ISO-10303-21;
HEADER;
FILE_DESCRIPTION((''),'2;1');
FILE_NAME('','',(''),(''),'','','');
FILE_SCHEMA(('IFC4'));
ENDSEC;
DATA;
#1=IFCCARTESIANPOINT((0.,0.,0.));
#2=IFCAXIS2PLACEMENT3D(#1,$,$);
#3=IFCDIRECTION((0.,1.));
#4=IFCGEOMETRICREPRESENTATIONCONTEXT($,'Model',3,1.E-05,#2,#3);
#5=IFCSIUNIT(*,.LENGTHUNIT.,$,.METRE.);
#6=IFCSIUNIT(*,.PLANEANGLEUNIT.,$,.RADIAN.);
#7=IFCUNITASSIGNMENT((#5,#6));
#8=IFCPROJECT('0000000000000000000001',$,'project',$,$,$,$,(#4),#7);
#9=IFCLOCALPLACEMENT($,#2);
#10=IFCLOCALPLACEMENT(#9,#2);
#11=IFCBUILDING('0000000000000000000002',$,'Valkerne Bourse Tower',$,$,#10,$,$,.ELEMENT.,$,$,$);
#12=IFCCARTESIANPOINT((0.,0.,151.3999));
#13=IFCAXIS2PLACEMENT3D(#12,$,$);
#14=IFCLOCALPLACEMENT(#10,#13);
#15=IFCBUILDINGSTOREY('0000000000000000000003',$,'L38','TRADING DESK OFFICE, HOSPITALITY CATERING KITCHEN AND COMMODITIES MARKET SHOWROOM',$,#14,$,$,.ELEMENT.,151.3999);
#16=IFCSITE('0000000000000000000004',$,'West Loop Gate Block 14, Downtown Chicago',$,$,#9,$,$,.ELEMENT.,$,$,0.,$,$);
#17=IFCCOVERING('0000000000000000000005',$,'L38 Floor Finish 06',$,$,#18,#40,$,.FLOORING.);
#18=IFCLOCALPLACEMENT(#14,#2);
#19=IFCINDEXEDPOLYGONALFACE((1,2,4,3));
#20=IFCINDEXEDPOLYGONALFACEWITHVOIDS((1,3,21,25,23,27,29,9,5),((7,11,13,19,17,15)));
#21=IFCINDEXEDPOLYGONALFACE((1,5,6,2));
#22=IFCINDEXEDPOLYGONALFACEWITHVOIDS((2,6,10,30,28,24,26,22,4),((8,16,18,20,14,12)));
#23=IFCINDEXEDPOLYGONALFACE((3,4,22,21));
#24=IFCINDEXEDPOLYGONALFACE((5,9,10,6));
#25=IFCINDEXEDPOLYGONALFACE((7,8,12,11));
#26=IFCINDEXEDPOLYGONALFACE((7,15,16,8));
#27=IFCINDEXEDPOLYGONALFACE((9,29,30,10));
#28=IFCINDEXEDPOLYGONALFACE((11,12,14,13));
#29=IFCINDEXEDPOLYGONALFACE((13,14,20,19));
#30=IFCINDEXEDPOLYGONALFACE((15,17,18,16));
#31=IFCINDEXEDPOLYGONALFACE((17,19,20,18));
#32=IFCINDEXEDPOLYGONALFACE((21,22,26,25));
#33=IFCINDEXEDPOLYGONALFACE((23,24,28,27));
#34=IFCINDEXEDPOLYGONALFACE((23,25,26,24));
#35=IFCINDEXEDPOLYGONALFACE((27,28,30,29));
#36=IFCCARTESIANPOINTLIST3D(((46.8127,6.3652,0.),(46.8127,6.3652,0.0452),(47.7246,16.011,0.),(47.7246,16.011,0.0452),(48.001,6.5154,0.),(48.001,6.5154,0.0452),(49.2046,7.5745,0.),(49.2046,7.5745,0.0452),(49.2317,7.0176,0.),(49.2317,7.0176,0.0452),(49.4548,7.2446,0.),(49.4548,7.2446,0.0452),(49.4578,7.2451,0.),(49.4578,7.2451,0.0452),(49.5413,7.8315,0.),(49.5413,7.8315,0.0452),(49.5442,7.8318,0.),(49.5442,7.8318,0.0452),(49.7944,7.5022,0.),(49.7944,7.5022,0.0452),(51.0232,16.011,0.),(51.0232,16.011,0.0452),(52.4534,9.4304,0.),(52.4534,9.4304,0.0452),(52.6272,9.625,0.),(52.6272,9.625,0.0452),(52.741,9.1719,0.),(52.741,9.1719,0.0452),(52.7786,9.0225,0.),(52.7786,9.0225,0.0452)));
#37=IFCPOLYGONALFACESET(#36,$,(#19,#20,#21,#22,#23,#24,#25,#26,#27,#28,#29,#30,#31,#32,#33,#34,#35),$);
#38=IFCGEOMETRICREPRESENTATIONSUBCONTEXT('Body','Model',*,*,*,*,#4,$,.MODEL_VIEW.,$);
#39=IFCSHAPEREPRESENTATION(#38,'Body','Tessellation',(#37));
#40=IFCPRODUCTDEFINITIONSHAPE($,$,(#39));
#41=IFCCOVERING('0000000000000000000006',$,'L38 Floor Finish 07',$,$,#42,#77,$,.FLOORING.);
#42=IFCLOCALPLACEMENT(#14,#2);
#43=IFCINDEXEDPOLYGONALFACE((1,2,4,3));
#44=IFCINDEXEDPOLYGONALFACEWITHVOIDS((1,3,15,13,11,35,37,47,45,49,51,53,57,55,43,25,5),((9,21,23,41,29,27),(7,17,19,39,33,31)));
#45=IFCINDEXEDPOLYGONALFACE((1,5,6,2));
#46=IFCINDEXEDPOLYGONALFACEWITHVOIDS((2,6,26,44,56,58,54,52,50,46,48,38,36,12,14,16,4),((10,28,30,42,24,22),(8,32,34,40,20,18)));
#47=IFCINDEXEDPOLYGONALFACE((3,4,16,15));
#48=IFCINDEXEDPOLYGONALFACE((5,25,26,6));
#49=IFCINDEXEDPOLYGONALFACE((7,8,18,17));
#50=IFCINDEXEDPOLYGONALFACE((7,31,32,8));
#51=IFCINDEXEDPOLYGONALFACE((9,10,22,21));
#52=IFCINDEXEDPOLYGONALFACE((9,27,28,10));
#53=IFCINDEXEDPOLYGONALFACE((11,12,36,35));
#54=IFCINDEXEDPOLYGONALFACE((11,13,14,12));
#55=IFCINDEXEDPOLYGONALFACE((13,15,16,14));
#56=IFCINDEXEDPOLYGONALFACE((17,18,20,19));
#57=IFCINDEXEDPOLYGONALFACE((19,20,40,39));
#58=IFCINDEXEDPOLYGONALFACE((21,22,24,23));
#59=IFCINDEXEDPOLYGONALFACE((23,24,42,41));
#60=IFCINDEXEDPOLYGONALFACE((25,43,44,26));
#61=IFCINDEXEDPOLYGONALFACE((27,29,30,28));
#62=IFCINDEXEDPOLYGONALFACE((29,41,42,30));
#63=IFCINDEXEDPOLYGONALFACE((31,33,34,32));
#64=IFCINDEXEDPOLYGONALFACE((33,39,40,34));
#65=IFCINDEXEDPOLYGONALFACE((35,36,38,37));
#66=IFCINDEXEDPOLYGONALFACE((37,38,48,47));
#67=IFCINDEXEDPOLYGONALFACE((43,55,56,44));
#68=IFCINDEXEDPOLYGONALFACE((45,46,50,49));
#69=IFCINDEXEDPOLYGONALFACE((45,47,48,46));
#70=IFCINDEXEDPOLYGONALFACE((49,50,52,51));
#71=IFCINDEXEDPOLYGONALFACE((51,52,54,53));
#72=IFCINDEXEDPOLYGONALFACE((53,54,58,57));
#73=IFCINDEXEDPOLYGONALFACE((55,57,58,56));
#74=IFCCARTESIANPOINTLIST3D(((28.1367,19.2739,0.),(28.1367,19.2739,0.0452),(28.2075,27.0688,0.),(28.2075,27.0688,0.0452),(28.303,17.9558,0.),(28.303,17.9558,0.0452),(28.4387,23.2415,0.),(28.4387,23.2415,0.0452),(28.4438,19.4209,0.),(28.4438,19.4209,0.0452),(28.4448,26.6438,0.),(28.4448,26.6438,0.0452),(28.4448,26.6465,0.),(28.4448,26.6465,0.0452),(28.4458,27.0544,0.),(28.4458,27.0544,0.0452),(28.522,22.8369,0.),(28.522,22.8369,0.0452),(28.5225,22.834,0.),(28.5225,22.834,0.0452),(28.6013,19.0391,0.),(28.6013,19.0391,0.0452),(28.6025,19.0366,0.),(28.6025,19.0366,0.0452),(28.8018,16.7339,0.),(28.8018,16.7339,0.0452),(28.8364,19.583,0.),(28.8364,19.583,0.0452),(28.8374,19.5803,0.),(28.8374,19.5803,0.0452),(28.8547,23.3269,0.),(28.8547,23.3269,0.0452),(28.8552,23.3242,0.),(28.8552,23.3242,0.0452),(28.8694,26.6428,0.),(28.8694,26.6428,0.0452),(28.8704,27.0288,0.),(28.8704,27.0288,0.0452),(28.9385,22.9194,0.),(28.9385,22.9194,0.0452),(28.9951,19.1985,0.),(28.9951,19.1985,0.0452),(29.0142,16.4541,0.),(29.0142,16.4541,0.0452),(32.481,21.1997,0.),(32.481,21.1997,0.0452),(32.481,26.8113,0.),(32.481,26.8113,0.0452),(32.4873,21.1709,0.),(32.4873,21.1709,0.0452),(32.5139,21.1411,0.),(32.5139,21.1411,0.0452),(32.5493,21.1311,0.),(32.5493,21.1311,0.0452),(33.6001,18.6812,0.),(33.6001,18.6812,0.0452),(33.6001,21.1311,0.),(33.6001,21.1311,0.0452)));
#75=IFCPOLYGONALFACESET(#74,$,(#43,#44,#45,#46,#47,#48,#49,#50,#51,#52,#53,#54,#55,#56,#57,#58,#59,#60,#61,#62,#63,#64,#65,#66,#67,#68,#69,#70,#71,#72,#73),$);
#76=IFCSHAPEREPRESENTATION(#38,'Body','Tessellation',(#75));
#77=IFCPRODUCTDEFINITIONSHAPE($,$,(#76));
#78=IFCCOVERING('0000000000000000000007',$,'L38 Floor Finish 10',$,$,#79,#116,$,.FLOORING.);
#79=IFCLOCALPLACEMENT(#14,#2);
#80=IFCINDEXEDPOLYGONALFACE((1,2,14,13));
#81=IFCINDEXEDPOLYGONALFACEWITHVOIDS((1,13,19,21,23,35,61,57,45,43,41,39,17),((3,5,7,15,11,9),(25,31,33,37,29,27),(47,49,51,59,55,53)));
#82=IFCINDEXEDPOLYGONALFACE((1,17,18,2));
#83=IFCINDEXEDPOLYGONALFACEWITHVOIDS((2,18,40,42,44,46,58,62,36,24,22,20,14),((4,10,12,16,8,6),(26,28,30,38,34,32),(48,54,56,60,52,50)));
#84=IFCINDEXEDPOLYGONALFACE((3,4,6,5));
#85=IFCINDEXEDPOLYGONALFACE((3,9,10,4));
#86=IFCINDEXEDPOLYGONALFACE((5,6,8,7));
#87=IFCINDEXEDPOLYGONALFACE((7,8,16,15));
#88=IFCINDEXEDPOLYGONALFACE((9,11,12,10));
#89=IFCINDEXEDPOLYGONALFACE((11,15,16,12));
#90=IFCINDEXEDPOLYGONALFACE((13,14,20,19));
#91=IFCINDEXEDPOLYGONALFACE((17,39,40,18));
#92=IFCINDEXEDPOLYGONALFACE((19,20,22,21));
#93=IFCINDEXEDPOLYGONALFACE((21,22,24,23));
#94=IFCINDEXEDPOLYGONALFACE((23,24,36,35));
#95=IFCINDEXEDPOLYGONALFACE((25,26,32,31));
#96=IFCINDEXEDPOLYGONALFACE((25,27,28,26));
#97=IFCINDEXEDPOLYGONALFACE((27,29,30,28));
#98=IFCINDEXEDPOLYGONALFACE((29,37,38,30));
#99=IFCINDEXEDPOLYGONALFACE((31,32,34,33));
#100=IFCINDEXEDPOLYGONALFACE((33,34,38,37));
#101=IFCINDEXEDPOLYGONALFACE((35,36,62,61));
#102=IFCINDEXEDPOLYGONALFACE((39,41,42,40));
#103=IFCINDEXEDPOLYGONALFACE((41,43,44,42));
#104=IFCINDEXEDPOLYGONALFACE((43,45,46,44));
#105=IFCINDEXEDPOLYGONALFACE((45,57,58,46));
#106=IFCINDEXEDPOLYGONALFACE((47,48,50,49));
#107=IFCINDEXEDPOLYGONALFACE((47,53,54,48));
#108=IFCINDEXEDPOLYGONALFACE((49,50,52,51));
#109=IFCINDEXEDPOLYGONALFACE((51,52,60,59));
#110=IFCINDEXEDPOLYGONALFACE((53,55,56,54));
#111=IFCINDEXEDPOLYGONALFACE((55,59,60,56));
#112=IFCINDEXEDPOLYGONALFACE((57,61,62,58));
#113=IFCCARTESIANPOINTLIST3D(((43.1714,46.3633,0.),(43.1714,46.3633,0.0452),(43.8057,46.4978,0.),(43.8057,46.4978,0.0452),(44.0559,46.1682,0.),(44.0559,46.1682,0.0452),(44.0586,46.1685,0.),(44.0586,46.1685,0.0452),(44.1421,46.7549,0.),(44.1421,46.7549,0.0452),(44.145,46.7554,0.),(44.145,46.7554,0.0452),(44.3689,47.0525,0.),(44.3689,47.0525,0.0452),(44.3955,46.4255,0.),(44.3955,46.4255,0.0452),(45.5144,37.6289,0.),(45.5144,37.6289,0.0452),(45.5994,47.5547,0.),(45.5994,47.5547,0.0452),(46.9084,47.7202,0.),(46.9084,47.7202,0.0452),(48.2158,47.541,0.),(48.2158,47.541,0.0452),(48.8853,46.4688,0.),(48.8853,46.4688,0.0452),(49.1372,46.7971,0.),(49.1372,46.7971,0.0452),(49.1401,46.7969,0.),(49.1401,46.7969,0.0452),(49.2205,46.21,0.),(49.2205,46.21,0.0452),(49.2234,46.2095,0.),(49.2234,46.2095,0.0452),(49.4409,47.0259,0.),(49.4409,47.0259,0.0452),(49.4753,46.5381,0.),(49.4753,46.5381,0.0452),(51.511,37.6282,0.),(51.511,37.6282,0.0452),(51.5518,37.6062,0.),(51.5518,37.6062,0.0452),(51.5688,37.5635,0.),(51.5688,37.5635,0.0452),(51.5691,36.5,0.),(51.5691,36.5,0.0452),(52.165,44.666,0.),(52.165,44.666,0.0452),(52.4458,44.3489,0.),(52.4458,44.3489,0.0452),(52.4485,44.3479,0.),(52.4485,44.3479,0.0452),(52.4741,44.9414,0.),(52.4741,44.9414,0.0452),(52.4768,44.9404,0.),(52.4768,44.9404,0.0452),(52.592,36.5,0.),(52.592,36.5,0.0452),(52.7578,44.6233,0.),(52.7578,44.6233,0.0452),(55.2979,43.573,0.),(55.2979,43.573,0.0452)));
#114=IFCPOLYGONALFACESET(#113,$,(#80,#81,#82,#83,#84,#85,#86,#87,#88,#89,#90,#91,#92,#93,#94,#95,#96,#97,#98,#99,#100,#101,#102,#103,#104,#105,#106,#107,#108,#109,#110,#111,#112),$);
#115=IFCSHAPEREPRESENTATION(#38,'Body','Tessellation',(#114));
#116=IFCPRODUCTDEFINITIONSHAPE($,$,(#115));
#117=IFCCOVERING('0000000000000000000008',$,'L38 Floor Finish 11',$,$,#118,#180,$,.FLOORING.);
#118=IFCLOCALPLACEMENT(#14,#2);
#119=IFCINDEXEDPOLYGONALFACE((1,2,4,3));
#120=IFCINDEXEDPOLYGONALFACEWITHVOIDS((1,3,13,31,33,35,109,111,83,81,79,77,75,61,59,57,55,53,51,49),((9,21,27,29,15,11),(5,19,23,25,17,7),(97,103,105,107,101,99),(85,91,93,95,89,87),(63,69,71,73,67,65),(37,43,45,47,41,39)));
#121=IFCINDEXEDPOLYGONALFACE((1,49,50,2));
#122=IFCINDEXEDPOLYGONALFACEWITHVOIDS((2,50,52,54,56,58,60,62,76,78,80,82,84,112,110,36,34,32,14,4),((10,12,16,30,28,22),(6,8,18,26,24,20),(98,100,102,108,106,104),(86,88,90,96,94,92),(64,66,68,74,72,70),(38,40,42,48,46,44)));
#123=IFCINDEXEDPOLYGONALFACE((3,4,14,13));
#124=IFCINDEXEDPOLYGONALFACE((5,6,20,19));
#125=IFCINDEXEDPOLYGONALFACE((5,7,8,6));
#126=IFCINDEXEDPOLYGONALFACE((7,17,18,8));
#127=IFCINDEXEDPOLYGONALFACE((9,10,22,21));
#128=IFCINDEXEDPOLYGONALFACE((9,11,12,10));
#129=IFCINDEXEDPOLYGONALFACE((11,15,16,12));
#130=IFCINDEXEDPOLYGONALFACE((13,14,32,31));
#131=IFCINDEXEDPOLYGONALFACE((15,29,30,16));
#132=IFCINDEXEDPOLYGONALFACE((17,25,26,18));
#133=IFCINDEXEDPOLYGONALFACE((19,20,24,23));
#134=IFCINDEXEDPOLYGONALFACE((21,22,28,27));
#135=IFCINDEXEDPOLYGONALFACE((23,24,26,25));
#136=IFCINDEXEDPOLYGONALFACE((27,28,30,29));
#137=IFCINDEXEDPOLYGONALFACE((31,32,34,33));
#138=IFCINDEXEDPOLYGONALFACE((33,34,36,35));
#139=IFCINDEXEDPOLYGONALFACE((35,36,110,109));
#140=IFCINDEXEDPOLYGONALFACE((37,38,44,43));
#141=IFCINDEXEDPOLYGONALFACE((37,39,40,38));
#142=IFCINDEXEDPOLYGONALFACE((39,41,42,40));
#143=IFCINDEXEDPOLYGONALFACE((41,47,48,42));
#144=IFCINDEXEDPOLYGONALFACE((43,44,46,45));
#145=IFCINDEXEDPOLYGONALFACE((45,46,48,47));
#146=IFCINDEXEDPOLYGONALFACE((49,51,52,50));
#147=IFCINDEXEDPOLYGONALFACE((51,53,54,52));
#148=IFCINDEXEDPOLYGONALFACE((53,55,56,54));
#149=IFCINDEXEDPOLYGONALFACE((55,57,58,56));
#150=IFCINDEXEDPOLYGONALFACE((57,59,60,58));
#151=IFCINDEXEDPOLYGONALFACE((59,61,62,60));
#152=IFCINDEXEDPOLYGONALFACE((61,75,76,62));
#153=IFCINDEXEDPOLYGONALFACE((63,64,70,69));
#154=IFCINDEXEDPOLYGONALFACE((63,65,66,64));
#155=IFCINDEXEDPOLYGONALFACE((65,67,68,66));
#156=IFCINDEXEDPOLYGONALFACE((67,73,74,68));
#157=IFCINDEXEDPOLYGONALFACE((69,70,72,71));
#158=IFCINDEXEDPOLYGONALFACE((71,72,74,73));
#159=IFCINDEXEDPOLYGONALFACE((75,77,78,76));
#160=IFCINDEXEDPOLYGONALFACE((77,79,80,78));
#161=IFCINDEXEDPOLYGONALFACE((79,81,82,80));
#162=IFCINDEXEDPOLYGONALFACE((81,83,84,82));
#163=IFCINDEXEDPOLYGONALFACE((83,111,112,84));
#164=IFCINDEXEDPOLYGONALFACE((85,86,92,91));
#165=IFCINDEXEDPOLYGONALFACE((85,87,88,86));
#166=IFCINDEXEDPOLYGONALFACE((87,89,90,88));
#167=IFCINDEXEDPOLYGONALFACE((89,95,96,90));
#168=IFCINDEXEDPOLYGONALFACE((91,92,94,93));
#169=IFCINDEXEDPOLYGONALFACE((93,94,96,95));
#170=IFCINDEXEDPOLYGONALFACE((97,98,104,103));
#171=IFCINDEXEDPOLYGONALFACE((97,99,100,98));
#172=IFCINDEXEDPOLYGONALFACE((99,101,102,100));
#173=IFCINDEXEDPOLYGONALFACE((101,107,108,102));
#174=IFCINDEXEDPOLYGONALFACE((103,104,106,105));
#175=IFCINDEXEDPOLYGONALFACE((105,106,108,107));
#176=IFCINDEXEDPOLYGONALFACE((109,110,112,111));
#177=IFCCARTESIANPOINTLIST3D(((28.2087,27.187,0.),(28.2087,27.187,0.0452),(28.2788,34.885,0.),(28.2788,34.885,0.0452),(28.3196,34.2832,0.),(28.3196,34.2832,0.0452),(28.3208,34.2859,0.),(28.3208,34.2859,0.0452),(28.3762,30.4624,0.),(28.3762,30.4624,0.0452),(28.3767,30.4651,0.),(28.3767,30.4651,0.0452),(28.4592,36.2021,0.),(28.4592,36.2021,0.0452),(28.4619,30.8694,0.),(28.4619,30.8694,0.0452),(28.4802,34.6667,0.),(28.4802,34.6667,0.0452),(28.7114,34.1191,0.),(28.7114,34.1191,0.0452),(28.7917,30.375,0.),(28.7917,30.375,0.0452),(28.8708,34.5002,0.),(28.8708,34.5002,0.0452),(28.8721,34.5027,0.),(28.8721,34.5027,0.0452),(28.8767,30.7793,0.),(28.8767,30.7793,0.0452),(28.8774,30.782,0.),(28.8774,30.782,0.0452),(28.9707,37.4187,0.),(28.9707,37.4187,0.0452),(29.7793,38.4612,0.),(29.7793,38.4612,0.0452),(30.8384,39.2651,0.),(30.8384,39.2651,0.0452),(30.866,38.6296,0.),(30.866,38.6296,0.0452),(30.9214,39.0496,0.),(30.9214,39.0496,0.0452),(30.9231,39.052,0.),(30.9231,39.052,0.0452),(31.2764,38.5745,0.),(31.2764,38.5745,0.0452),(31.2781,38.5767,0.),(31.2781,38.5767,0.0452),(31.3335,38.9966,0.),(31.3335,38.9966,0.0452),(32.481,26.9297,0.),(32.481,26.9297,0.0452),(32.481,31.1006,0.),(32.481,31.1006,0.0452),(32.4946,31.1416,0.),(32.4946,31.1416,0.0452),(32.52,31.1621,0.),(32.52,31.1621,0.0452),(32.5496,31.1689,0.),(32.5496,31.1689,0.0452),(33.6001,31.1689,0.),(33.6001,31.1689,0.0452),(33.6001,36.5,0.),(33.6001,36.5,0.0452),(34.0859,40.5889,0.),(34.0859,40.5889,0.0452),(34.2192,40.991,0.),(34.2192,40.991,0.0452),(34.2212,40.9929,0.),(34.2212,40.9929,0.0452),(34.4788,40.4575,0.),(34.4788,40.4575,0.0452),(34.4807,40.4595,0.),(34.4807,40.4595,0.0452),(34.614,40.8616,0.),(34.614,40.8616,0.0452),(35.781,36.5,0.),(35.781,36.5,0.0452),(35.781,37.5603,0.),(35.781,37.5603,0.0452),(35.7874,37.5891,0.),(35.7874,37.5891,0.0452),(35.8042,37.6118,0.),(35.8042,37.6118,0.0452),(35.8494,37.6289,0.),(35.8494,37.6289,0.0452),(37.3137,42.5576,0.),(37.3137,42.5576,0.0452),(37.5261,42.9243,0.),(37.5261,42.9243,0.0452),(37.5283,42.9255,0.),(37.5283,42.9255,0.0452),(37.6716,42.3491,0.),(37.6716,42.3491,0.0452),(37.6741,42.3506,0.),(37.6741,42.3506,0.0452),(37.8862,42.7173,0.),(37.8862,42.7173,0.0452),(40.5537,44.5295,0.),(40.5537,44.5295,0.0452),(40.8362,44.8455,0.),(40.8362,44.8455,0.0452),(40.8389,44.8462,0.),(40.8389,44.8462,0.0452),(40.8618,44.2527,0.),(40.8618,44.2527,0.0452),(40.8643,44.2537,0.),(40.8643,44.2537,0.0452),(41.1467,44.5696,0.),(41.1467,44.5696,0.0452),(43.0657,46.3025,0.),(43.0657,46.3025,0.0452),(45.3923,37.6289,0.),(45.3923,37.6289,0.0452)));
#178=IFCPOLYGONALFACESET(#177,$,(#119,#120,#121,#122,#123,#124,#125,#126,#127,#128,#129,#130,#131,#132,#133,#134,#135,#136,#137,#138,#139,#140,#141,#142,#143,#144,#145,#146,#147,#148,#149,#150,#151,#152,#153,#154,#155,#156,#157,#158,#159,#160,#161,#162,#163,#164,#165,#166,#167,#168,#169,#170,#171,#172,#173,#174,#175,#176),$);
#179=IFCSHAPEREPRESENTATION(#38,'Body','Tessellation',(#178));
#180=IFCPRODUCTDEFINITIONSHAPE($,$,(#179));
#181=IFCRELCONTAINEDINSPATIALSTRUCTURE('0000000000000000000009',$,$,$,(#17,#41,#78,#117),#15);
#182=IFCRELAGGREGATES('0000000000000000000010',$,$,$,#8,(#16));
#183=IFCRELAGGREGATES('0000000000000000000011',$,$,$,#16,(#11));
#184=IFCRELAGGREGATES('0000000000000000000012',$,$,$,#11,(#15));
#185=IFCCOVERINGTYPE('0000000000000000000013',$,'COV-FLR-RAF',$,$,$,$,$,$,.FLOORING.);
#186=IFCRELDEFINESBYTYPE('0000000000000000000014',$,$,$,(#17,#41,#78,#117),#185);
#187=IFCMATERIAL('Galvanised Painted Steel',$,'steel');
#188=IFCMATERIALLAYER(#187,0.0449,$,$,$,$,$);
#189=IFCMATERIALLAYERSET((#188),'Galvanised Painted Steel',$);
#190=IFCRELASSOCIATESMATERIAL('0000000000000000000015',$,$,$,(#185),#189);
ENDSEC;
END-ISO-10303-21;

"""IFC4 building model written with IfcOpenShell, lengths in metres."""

from ifc_helpers import new_model, si_unit, direction, frame, origin, place, context, subcontext, project, spatial, polyline, outline, extrude, material, layer, layer_set, type_object, element, save


model = new_model("IFC4")

# Units and contexts
model_context = context("Model", 3, precision=1e-05, world=origin(), true_north=direction((0.0, 1.0)))
body_context = subcontext(model_context, "Body", "Model", "MODEL_VIEW")
ifc_project = project(units=[si_unit("LENGTHUNIT", "METRE"), si_unit("PLANEANGLEUNIT", "RADIAN")], contexts=[model_context])

# Site, building, storey
site_placement = place(None, origin())
site = spatial("IfcSite", under=ifc_project, at=site_placement, Name="West Loop Gate Block 14, Downtown Chicago", CompositionType="ELEMENT", RefElevation=0.0)
building_placement = place(site_placement, origin())
building = spatial("IfcBuilding", under=site, at=building_placement, Name="Valkerne Bourse Tower", CompositionType="ELEMENT")
storey_placement = place(building_placement, frame((0.0, 0.0, 151.3999)))
storey = spatial("IfcBuildingStorey", under=building, at=storey_placement, Name="L38", Description="TRADING DESK OFFICE, HOSPITALITY CATERING KITCHEN AND COMMODITIES MARKET SHOWROOM", CompositionType="ELEMENT", Elevation=151.3999)

# Coverings
ifc_material_1 = material(Name="Galvanised Painted Steel", Category="steel")
ifc_layer_1 = layer(ifc_material_1, 0.0449)
ifc_layer_set_1 = layer_set([ifc_layer_1], Name="Galvanised Painted Steel")
covering_type_1 = type_object("IfcCoveringType", Name="COV-FLR-RAF", PredefinedType="FLOORING", material=ifc_layer_set_1)
covering_1_placement = place(storey_placement, origin())
element("IfcCovering", 1, at=covering_1_placement, inside=storey, type_object=covering_type_1, Name="L38 Floor Finish 06", PredefinedType="FLOORING", context=body_context, shape_type="SweptSolid", body=[
    extrude(outline(polyline([(46.8127, 6.3652), (47.7246, 16.011), (51.0232, 16.011), (52.6272, 9.625), (52.4534, 9.4304), (52.741, 9.1719), (52.7786, 9.0225), (49.2317, 7.0176), (48.001, 6.5154), (46.8127, 6.3652)]), holes=[polyline([(49.7944, 7.5022), (49.5442, 7.8318), (49.5413, 7.8315), (49.2046, 7.5745), (49.4548, 7.2446), (49.4578, 7.2451), (49.7944, 7.5022)])]), origin(), (0.0, 0.0, 1.0), 0.0452),
])
covering_2_placement = place(storey_placement, origin())
element("IfcCovering", 2, at=covering_2_placement, inside=storey, type_object=covering_type_1, Name="L38 Floor Finish 07", PredefinedType="FLOORING", context=body_context, shape_type="SweptSolid", body=[
    extrude(outline(polyline([(28.1367, 19.2739), (28.2075, 27.0688), (28.4458, 27.0544), (28.4448, 26.6465), (28.4448, 26.6438), (28.8694, 26.6428), (28.8704, 27.0288), (32.481, 26.8113), (32.481, 21.1997), (32.4873, 21.1709), (32.5139, 21.1411), (32.5493, 21.1311), (33.6001, 21.1311), (33.6001, 18.6812), (29.0142, 16.4541), (28.8018, 16.7339), (28.303, 17.9558), (28.1367, 19.2739)]), holes=[polyline([(28.9951, 19.1985), (28.8374, 19.5803), (28.8364, 19.583), (28.4438, 19.4209), (28.6013, 19.0391), (28.6025, 19.0366), (28.9951, 19.1985)]), polyline([(28.8552, 23.3242), (28.8547, 23.3269), (28.4387, 23.2415), (28.522, 22.8369), (28.5225, 22.834), (28.9385, 22.9194), (28.8552, 23.3242)])]), origin(), (0.0, 0.0, 1.0), 0.0452),
])
covering_3_placement = place(storey_placement, origin())
element("IfcCovering", 3, at=covering_3_placement, inside=storey, type_object=covering_type_1, Name="L38 Floor Finish 10", PredefinedType="FLOORING", context=body_context, shape_type="SweptSolid", body=[
    extrude(outline(polyline([(46.9084, 47.7202), (48.2158, 47.541), (49.4409, 47.0259), (55.2979, 43.573), (52.592, 36.5), (51.5691, 36.5), (51.5688, 37.5635), (51.5518, 37.6062), (51.511, 37.6282), (45.5144, 37.6289), (43.1714, 46.3633), (44.3689, 47.0525), (45.5994, 47.5547), (46.9084, 47.7202)]), holes=[polyline([(52.4768, 44.9404), (52.4741, 44.9414), (52.165, 44.666), (52.4458, 44.3489), (52.4485, 44.3479), (52.7578, 44.6233), (52.4768, 44.9404)]), polyline([(44.3955, 46.4255), (44.145, 46.7554), (44.1421, 46.7549), (43.8057, 46.4978), (44.0559, 46.1682), (44.0586, 46.1685), (44.3955, 46.4255)]), polyline([(49.1401, 46.7969), (49.1372, 46.7971), (48.8853, 46.4688), (49.2205, 46.21), (49.2234, 46.2095), (49.4753, 46.5381), (49.1401, 46.7969)])]), origin(), (0.0, 0.0, 1.0), 0.0452),
])
covering_4_placement = place(storey_placement, origin())
element("IfcCovering", 4, at=covering_4_placement, inside=storey, type_object=covering_type_1, Name="L38 Floor Finish 11", PredefinedType="FLOORING", context=body_context, shape_type="SweptSolid", body=[
    extrude(outline(polyline([(28.9707, 37.4187), (29.7793, 38.4612), (30.8384, 39.2651), (43.0657, 46.3025), (45.3923, 37.6289), (35.8494, 37.6289), (35.8042, 37.6118), (35.7874, 37.5891), (35.781, 37.5603), (35.781, 36.5), (33.6001, 36.5), (33.6001, 31.1689), (32.5496, 31.1689), (32.52, 31.1621), (32.4946, 31.1416), (32.481, 31.1006), (32.481, 26.9297), (28.2087, 27.187), (28.2788, 34.885), (28.4592, 36.2021), (28.9707, 37.4187)]), holes=[polyline([(28.8767, 30.7793), (28.8774, 30.782), (28.4619, 30.8694), (28.3767, 30.4651), (28.3762, 30.4624), (28.7917, 30.375), (28.8767, 30.7793)]), polyline([(28.8721, 34.5027), (28.4802, 34.6667), (28.3208, 34.2859), (28.3196, 34.2832), (28.7114, 34.1191), (28.8708, 34.5002), (28.8721, 34.5027)]), polyline([(31.3335, 38.9966), (30.9231, 39.052), (30.9214, 39.0496), (30.866, 38.6296), (31.2764, 38.5745), (31.2781, 38.5767), (31.3335, 38.9966)]), polyline([(34.614, 40.8616), (34.2212, 40.9929), (34.2192, 40.991), (34.0859, 40.5889), (34.4788, 40.4575), (34.4807, 40.4595), (34.614, 40.8616)]), polyline([(37.6741, 42.3506), (37.8862, 42.7173), (37.5283, 42.9255), (37.5261, 42.9243), (37.3137, 42.5576), (37.6716, 42.3491), (37.6741, 42.3506)]), polyline([(40.8643, 44.2537), (41.1467, 44.5696), (40.8389, 44.8462), (40.8362, 44.8455), (40.5537, 44.5295), (40.8618, 44.2527), (40.8643, 44.2537)])]), origin(), (0.0, 0.0, 1.0), 0.0452),
])

save(model, "model.ifc")
